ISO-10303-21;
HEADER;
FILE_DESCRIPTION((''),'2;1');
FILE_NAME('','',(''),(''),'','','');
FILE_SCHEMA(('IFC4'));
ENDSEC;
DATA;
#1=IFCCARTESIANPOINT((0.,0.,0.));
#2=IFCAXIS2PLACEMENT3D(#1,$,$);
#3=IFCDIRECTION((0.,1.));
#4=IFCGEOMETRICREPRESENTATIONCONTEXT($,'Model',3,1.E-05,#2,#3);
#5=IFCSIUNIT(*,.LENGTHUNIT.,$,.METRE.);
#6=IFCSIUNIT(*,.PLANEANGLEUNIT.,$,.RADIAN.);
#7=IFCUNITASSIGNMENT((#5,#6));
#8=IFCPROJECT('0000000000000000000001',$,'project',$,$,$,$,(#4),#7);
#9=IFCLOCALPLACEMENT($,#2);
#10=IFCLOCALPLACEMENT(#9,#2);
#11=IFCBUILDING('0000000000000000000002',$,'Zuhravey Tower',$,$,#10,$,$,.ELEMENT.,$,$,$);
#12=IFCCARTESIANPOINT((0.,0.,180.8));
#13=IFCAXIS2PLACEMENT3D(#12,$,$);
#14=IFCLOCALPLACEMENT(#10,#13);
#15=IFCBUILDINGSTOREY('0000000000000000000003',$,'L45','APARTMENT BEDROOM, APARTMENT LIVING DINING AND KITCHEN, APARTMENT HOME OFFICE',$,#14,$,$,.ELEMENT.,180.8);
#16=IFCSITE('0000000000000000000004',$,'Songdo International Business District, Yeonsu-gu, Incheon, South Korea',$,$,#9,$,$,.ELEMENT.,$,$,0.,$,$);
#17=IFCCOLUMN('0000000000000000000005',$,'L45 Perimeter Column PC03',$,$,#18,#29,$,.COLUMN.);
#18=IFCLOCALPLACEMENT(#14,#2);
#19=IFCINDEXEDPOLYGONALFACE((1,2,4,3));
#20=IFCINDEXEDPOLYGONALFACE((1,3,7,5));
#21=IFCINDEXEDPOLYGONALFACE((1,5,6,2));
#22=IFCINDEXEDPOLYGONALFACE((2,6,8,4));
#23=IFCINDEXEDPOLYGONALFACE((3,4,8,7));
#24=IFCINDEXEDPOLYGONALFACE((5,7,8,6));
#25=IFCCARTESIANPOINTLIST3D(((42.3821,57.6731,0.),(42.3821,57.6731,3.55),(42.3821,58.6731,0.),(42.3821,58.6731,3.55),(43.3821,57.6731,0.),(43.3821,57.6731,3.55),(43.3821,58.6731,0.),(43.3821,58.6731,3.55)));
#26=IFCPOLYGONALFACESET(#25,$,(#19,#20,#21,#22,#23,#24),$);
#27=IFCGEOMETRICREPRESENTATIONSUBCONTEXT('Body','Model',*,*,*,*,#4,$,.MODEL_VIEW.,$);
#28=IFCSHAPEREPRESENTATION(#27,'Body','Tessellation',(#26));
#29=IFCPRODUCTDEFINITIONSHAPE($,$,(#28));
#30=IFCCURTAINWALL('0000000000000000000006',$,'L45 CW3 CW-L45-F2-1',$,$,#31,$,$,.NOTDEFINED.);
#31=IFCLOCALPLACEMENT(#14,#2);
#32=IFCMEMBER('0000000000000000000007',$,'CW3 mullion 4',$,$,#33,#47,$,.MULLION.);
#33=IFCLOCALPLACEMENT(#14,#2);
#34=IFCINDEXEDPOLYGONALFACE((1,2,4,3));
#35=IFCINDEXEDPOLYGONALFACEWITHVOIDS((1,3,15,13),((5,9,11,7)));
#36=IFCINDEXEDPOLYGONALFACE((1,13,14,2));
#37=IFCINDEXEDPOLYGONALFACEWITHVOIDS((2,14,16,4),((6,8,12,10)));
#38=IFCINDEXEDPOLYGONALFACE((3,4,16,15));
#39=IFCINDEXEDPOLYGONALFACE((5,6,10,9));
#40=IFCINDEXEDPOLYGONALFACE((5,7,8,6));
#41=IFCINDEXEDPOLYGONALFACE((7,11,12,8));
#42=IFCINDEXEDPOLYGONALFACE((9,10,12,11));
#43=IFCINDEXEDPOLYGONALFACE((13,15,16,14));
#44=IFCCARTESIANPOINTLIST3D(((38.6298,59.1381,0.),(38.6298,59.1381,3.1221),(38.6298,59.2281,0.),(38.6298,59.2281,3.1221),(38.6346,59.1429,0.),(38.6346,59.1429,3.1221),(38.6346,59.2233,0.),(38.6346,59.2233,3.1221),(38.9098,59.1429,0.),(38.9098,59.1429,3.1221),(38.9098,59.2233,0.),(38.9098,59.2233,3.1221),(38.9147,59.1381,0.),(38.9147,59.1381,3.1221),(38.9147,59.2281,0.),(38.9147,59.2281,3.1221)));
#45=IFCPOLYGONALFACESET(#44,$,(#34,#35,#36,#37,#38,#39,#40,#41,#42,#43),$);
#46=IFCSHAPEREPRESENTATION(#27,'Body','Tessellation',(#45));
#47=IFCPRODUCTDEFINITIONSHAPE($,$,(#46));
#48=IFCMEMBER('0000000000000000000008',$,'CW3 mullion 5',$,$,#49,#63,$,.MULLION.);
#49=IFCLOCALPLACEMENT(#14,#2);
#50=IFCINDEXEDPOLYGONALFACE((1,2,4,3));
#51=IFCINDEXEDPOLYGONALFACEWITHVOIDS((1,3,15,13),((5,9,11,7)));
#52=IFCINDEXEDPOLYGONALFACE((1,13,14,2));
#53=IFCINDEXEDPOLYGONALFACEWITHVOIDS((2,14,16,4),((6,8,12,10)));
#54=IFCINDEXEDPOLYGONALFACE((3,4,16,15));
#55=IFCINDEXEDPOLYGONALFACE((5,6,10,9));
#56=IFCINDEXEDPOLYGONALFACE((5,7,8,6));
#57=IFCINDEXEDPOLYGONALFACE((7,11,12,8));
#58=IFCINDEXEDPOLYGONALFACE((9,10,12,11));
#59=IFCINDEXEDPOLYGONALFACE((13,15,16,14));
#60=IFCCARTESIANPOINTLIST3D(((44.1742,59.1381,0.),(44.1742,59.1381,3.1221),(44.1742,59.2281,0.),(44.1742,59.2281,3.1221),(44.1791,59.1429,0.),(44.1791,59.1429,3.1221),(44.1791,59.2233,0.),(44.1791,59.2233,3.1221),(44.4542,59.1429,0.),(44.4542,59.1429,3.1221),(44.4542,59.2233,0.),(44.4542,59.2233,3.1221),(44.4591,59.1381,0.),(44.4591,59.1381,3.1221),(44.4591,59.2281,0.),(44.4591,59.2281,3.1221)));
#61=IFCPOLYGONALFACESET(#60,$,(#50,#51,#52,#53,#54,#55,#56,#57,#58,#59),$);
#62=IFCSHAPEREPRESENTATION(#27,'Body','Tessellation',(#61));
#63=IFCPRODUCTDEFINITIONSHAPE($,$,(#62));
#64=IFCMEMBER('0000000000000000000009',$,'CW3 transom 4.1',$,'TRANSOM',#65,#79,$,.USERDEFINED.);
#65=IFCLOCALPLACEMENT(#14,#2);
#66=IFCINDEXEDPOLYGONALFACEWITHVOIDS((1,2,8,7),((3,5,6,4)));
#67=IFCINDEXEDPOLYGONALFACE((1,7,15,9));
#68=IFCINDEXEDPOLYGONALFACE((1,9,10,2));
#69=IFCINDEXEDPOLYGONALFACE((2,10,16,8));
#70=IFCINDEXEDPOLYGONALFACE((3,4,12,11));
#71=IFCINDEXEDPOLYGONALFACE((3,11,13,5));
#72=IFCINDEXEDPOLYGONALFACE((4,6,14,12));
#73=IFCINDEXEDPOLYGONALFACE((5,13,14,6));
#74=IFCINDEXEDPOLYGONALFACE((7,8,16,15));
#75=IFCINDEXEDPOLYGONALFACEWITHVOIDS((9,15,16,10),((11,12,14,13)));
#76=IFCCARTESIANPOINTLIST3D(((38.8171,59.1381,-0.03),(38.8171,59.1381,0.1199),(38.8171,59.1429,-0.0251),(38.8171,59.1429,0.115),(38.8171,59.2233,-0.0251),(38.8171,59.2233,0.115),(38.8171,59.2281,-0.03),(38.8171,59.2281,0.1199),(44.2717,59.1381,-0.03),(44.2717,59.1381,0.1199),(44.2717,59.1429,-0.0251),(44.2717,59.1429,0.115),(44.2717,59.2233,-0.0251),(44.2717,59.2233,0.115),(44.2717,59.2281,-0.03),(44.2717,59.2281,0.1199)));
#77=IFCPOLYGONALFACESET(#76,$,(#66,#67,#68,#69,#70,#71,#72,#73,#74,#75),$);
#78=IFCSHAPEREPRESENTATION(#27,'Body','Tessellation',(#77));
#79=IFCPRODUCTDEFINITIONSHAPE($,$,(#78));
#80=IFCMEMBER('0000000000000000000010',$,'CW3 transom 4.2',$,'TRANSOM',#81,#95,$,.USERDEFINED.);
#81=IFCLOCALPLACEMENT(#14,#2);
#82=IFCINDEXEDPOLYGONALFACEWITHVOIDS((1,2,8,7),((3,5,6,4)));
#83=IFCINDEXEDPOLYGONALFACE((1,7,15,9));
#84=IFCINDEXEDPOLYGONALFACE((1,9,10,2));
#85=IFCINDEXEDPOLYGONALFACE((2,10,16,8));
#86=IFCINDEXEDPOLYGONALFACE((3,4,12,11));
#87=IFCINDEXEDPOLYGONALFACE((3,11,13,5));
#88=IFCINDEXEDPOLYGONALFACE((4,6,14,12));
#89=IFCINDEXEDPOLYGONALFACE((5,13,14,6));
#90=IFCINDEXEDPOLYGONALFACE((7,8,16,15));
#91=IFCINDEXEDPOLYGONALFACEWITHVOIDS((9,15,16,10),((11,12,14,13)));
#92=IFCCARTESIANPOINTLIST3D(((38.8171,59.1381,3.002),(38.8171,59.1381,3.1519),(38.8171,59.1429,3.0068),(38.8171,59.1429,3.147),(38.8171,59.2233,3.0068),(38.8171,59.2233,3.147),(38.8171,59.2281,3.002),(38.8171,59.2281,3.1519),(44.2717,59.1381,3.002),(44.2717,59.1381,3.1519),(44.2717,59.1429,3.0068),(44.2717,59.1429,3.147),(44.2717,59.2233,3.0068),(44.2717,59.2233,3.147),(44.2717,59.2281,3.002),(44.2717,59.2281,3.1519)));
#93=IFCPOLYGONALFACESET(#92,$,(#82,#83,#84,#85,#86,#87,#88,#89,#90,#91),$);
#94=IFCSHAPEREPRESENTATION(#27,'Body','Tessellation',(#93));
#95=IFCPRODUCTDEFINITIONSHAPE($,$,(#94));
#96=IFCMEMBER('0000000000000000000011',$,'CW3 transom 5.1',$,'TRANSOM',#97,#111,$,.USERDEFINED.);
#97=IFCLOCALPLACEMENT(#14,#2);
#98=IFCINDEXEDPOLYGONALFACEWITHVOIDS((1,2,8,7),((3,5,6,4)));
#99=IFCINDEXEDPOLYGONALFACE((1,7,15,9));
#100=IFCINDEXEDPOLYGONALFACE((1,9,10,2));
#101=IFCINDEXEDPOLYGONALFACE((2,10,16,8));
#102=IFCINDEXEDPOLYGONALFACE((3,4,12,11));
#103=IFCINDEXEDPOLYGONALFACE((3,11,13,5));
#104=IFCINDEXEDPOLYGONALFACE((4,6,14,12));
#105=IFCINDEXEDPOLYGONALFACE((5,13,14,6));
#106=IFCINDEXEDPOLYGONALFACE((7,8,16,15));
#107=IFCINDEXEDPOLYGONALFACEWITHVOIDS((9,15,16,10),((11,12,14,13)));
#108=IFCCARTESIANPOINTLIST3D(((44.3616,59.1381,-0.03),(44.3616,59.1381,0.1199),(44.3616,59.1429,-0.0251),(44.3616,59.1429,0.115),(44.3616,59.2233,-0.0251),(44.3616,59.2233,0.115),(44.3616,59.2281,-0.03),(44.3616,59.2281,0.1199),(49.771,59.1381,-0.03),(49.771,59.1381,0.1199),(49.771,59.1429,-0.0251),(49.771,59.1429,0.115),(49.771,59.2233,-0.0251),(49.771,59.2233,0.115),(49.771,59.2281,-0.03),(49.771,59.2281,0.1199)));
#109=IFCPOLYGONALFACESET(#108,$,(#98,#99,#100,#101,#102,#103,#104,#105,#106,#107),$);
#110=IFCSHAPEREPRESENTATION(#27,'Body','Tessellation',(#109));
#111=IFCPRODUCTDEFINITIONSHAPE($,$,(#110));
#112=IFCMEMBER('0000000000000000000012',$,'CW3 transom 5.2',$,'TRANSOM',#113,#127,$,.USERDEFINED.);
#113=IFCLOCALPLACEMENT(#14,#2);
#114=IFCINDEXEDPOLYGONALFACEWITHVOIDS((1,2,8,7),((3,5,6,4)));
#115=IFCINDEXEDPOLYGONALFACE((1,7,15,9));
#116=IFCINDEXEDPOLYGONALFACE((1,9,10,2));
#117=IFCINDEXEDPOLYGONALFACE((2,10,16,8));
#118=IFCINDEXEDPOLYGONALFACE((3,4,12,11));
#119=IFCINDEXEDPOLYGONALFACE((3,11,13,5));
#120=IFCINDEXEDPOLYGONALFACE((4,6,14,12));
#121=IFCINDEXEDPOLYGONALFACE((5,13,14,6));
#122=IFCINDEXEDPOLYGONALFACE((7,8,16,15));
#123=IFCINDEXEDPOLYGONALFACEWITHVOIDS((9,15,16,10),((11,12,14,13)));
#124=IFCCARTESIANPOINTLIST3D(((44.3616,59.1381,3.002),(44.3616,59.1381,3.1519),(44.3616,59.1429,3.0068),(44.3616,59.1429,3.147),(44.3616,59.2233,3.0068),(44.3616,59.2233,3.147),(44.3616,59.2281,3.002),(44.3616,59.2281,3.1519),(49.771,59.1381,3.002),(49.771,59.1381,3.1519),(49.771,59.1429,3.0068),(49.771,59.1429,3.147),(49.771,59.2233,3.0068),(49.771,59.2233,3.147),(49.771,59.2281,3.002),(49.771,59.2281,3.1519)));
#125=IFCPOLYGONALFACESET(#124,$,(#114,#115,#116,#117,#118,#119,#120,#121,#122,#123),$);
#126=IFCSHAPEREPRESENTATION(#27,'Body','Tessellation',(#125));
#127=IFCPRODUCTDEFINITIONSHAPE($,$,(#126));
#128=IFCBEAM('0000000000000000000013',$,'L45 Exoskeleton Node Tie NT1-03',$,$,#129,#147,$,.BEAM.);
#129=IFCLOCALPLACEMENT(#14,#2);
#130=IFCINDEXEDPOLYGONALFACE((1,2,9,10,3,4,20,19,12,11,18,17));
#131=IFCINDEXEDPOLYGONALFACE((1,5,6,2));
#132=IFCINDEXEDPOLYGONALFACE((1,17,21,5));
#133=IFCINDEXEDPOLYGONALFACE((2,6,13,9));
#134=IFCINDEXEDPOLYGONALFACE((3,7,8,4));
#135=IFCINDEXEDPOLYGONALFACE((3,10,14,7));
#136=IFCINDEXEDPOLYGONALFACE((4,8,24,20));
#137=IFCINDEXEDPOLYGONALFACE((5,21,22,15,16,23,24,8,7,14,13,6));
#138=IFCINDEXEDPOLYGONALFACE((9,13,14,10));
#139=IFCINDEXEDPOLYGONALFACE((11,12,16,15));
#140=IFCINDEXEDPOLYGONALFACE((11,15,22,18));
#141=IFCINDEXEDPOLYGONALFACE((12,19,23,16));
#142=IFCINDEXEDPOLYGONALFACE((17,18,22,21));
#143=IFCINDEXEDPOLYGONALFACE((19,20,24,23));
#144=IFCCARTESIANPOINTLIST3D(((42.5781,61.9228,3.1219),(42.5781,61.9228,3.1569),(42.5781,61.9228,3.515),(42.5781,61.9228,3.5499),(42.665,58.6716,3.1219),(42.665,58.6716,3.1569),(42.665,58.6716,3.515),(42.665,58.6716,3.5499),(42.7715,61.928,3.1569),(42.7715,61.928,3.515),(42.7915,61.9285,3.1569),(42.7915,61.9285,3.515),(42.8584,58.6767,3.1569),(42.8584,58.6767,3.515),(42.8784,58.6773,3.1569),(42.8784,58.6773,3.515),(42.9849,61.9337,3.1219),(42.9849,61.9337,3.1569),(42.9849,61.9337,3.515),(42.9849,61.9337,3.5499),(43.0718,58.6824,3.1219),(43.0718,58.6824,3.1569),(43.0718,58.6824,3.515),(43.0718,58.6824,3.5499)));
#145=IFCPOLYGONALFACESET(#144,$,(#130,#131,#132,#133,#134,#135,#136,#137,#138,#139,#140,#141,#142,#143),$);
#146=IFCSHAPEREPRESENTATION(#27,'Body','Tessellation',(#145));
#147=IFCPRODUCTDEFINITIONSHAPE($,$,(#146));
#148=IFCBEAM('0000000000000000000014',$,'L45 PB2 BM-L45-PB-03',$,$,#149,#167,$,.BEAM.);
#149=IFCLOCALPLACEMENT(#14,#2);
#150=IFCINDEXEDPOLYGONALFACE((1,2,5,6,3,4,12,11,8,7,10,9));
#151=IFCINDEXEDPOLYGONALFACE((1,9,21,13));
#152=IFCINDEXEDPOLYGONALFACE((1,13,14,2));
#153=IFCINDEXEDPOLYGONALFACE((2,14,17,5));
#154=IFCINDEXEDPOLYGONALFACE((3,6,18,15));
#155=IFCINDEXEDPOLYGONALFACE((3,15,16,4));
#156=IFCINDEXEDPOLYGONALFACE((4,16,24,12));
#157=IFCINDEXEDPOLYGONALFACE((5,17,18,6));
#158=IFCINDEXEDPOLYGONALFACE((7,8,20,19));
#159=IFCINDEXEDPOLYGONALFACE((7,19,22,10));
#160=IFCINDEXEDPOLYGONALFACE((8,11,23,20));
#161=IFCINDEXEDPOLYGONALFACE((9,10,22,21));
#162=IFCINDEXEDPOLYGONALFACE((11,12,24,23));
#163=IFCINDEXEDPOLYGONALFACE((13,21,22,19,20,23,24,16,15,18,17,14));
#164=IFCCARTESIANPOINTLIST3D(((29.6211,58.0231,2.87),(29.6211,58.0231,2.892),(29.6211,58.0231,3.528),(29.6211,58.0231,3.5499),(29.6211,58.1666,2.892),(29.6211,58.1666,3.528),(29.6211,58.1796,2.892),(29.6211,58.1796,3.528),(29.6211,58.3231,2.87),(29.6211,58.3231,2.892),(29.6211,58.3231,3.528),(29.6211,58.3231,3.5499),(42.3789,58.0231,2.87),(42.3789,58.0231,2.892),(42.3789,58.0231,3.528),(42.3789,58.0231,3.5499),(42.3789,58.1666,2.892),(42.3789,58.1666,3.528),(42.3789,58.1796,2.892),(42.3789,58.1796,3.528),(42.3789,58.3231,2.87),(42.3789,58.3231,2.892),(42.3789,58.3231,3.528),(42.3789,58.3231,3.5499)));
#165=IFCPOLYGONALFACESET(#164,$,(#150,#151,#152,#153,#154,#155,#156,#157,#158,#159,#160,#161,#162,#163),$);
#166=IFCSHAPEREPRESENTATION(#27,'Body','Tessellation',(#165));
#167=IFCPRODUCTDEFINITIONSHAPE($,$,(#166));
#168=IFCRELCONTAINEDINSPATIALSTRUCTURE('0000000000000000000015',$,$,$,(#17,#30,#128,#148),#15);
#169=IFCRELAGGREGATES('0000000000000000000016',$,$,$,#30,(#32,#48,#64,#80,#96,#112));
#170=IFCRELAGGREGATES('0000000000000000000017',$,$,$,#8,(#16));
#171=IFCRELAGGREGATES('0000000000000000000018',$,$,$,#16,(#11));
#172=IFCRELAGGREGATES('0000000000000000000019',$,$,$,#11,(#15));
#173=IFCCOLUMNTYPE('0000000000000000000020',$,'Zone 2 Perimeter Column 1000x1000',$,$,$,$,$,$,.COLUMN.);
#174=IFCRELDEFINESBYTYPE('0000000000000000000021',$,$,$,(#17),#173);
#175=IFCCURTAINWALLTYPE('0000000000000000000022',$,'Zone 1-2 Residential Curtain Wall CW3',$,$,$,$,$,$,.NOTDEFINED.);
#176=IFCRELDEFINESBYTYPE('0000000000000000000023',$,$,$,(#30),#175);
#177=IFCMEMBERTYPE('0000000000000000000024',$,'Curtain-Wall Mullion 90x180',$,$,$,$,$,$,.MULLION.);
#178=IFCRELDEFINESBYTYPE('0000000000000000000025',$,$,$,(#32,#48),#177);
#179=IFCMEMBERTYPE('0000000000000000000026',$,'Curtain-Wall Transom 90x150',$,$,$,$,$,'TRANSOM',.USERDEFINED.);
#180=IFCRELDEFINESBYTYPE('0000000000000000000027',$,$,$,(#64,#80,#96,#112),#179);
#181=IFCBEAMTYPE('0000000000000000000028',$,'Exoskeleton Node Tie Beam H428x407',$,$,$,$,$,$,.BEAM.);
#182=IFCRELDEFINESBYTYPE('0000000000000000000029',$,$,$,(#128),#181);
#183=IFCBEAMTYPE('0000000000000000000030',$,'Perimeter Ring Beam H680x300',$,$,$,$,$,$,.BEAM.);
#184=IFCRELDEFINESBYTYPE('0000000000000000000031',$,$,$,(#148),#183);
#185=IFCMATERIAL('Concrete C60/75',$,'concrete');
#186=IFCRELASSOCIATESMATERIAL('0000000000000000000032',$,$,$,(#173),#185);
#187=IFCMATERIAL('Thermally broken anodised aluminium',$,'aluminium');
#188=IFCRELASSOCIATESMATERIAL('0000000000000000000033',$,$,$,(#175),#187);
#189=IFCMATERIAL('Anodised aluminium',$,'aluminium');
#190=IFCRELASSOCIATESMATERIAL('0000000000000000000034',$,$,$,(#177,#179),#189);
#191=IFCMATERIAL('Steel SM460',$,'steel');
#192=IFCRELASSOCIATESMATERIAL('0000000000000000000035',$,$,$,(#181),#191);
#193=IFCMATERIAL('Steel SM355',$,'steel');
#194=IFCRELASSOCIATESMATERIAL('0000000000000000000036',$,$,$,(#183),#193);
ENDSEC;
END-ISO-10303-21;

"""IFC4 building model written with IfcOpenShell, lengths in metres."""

from ifc_helpers import new_model, si_unit, direction, frame, origin, origin_2d, place, context, subcontext, project, spatial, rectangle, hollow_rectangle, i_section, extrude, material, material_profile, profile_set, type_object, element, aggregate, save


model = new_model("IFC4")

# Units and contexts
model_context = context("Model", 3, precision=1e-05, world=origin(), true_north=direction((0.0, 1.0)))
body_context = subcontext(model_context, "Body", "Model", "MODEL_VIEW")
ifc_project = project(units=[si_unit("LENGTHUNIT", "METRE"), si_unit("PLANEANGLEUNIT", "RADIAN")], contexts=[model_context])

# Site, building, storey
site_placement = place(None, origin())
site = spatial("IfcSite", under=ifc_project, at=site_placement, Name="Songdo International Business District, Yeonsu-gu, Incheon, South Korea", CompositionType="ELEMENT", RefElevation=0.0)
building_placement = place(site_placement, origin())
building = spatial("IfcBuilding", under=site, at=building_placement, Name="Zuhravey Tower", CompositionType="ELEMENT")
storey_placement = place(building_placement, frame((0.0, 0.0, 180.8)))
storey = spatial("IfcBuildingStorey", under=building, at=storey_placement, Name="L45", Description="APARTMENT BEDROOM, APARTMENT LIVING DINING AND KITCHEN, APARTMENT HOME OFFICE", CompositionType="ELEMENT", Elevation=180.8)

# Column
ifc_material_1 = material(Name="Concrete C60/75", Category="concrete")
ifc_material_profile_1 = material_profile(ifc_material_1, rectangle(XDim=1.0, YDim=1.0, at=origin_2d()), Name="RC-1000x1000")
ifc_profile_set_1 = profile_set([ifc_material_profile_1], Name="Concrete C60/75")
column_type = type_object("IfcColumnType", Name="Zone 2 Perimeter Column 1000x1000", PredefinedType="COLUMN", material=ifc_profile_set_1)
column_placement = place(storey_placement, frame((42.8821, 58.1731, 0.0), z_axis=(0.0, 0.0, 1.0), x_axis=(-1.0, 0.0, 0.0)))
element("IfcColumn", 1, at=column_placement, inside=storey, type_object=column_type, Name="L45 Perimeter Column PC03", PredefinedType="COLUMN", context=body_context, shape_type="SweptSolid", body=[
    extrude(rectangle(XDim=1.0, YDim=1.0, at=origin_2d()), origin(), (0.0, 0.0, 1.0), 3.55),
])

# Curtain wall, members
ifc_material_2 = material(Name="Thermally broken anodised aluminium", Category="aluminium")
curtain_wall_type = type_object("IfcCurtainWallType", Name="Zone 1-2 Residential Curtain Wall CW3", PredefinedType="NOTDEFINED", material=ifc_material_2)
curtain_wall_placement = place(storey_placement, origin())
curtain_wall = element("IfcCurtainWall", 2, at=curtain_wall_placement, inside=storey, type_object=curtain_wall_type, Name="L45 CW3 CW-L45-F2-1", PredefinedType="NOTDEFINED")
ifc_material_3 = material(Name="Anodised aluminium", Category="aluminium")
ifc_material_profile_2 = material_profile(ifc_material_3, hollow_rectangle(XDim=0.0901, YDim=0.2849, WallThickness=0.0049, at=origin_2d()), Name="ALU-RHS-90x285x5")
ifc_profile_set_2 = profile_set([ifc_material_profile_2], Name="Anodised aluminium")
member_type_1 = type_object("IfcMemberType", Name="Curtain-Wall Mullion 90x180", PredefinedType="MULLION", material=ifc_profile_set_2)
member_1_placement = place(storey_placement, frame((38.7722, 59.1831, 0.0), z_axis=(0.0, 0.0, 1.0), x_axis=(0.0, 1.0, 0.0)))
member_1 = element("IfcMember", 3, at=member_1_placement, type_object=member_type_1, Name="CW3 mullion 4", PredefinedType="MULLION", context=body_context, shape_type="SweptSolid", body=[
    extrude(hollow_rectangle(XDim=0.0901, YDim=0.2849, WallThickness=0.0049, at=origin_2d()), origin(), (0.0, 0.0, 1.0), 3.1221),
])
member_2_placement = place(storey_placement, frame((44.3167, 59.1831, 0.0), z_axis=(0.0, 0.0, 1.0), x_axis=(0.0, 1.0, 0.0)))
member_2 = element("IfcMember", 4, at=member_2_placement, type_object=member_type_1, Name="CW3 mullion 5", PredefinedType="MULLION", context=body_context, shape_type="SweptSolid", body=[
    extrude(hollow_rectangle(XDim=0.0901, YDim=0.2849, WallThickness=0.0049, at=origin_2d()), origin(), (0.0, 0.0, 1.0), 3.1221),
])
ifc_material_profile_3 = material_profile(ifc_material_3, hollow_rectangle(XDim=0.0901, YDim=0.1499, WallThickness=0.0049, at=origin_2d()), Name="ALU-RHS-90x150x5")
ifc_profile_set_3 = profile_set([ifc_material_profile_3], Name="Anodised aluminium")
member_type_2 = type_object("IfcMemberType", Name="Curtain-Wall Transom 90x150", ElementType="TRANSOM", PredefinedType="USERDEFINED", material=ifc_profile_set_3)
member_3_placement = place(storey_placement, frame((38.8171, 59.1831, 0.0449), z_axis=(1.0, 0.0, 0.0), x_axis=(0.0, 1.0, 0.0)))
member_3 = element("IfcMember", 5, at=member_3_placement, type_object=member_type_2, Name="CW3 transom 4.1", ObjectType="TRANSOM", PredefinedType="USERDEFINED", context=body_context, shape_type="SweptSolid", body=[
    extrude(hollow_rectangle(XDim=0.0901, YDim=0.1499, WallThickness=0.0049, at=origin_2d()), origin(), (0.0, 0.0, 1.0), 5.4546),
])
member_4_placement = place(storey_placement, frame((38.8171, 59.1831, 3.0769), z_axis=(1.0, 0.0, 0.0), x_axis=(0.0, 1.0, 0.0)))
member_4 = element("IfcMember", 6, at=member_4_placement, type_object=member_type_2, Name="CW3 transom 4.2", ObjectType="TRANSOM", PredefinedType="USERDEFINED", context=body_context, shape_type="SweptSolid", body=[
    extrude(hollow_rectangle(XDim=0.0901, YDim=0.1499, WallThickness=0.0049, at=origin_2d()), origin(), (0.0, 0.0, 1.0), 5.4546),
])
member_5_placement = place(storey_placement, frame((44.3616, 59.1831, 0.0449), z_axis=(1.0, 0.0, 0.0), x_axis=(0.0, 1.0, 0.0)))
member_5 = element("IfcMember", 7, at=member_5_placement, type_object=member_type_2, Name="CW3 transom 5.1", ObjectType="TRANSOM", PredefinedType="USERDEFINED", context=body_context, shape_type="SweptSolid", body=[
    extrude(hollow_rectangle(XDim=0.0901, YDim=0.1499, WallThickness=0.0049, at=origin_2d()), origin(), (0.0, 0.0, 1.0), 5.4094),
])
member_6_placement = place(storey_placement, frame((44.3616, 59.1831, 3.0769), z_axis=(1.0, 0.0, 0.0), x_axis=(0.0, 1.0, 0.0)))
member_6 = element("IfcMember", 8, at=member_6_placement, type_object=member_type_2, Name="CW3 transom 5.2", ObjectType="TRANSOM", PredefinedType="USERDEFINED", context=body_context, shape_type="SweptSolid", body=[
    extrude(hollow_rectangle(XDim=0.0901, YDim=0.1499, WallThickness=0.0049, at=origin_2d()), origin(), (0.0, 0.0, 1.0), 5.4094),
])

# Beams
ifc_material_4 = material(Name="Steel SM460", Category="steel")
ifc_material_profile_4 = material_profile(ifc_material_4, i_section(OverallWidth=0.407, OverallDepth=0.428, WebThickness=0.02, FlangeThickness=0.0349, at=origin_2d()), Name="H-428x407x20x35")
ifc_profile_set_4 = profile_set([ifc_material_profile_4], Name="Steel SM460")
beam_type_1 = type_object("IfcBeamType", Name="Exoskeleton Node Tie Beam H428x407", PredefinedType="BEAM", material=ifc_profile_set_4)
beam_1_placement = place(storey_placement, frame((42.8684, 58.677, 3.3359), z_axis=(-0.026723, 0.999643, 0.0), x_axis=(-0.999643, -0.026723, 0.0)))
element("IfcBeam", 9, at=beam_1_placement, inside=storey, type_object=beam_type_1, Name="L45 Exoskeleton Node Tie NT1-03", PredefinedType="BEAM", context=body_context, shape_type="SweptSolid", body=[
    extrude(i_section(OverallWidth=0.407, OverallDepth=0.428, WebThickness=0.02, FlangeThickness=0.0349, at=origin_2d()), origin(), (0.0, 0.0, 1.0), 3.2524),
])
ifc_material_5 = material(Name="Steel SM355", Category="steel")
ifc_material_profile_5 = material_profile(ifc_material_5, i_section(OverallWidth=0.3, OverallDepth=0.6799, WebThickness=0.0129, FlangeThickness=0.022, at=origin_2d()), Name="H-680x300x13x22")
ifc_profile_set_5 = profile_set([ifc_material_profile_5], Name="Steel SM355")
beam_type_2 = type_object("IfcBeamType", Name="Perimeter Ring Beam H680x300", PredefinedType="BEAM", material=ifc_profile_set_5)
beam_2_placement = place(storey_placement, frame((42.3789, 58.1731, 3.21), z_axis=(-1.0, 0.0, 0.0), x_axis=(0.0, -1.0, 0.0)))
element("IfcBeam", 10, at=beam_2_placement, inside=storey, type_object=beam_type_2, Name="L45 PB2 BM-L45-PB-03", PredefinedType="BEAM", context=body_context, shape_type="SweptSolid", body=[
    extrude(i_section(OverallWidth=0.3, OverallDepth=0.6799, WebThickness=0.0129, FlangeThickness=0.022, at=origin_2d()), origin(), (0.0, 0.0, 1.0), 12.7578),
])

aggregate(curtain_wall, [member_1, member_2, member_3, member_4, member_5, member_6])

save(model, "model.ifc")
